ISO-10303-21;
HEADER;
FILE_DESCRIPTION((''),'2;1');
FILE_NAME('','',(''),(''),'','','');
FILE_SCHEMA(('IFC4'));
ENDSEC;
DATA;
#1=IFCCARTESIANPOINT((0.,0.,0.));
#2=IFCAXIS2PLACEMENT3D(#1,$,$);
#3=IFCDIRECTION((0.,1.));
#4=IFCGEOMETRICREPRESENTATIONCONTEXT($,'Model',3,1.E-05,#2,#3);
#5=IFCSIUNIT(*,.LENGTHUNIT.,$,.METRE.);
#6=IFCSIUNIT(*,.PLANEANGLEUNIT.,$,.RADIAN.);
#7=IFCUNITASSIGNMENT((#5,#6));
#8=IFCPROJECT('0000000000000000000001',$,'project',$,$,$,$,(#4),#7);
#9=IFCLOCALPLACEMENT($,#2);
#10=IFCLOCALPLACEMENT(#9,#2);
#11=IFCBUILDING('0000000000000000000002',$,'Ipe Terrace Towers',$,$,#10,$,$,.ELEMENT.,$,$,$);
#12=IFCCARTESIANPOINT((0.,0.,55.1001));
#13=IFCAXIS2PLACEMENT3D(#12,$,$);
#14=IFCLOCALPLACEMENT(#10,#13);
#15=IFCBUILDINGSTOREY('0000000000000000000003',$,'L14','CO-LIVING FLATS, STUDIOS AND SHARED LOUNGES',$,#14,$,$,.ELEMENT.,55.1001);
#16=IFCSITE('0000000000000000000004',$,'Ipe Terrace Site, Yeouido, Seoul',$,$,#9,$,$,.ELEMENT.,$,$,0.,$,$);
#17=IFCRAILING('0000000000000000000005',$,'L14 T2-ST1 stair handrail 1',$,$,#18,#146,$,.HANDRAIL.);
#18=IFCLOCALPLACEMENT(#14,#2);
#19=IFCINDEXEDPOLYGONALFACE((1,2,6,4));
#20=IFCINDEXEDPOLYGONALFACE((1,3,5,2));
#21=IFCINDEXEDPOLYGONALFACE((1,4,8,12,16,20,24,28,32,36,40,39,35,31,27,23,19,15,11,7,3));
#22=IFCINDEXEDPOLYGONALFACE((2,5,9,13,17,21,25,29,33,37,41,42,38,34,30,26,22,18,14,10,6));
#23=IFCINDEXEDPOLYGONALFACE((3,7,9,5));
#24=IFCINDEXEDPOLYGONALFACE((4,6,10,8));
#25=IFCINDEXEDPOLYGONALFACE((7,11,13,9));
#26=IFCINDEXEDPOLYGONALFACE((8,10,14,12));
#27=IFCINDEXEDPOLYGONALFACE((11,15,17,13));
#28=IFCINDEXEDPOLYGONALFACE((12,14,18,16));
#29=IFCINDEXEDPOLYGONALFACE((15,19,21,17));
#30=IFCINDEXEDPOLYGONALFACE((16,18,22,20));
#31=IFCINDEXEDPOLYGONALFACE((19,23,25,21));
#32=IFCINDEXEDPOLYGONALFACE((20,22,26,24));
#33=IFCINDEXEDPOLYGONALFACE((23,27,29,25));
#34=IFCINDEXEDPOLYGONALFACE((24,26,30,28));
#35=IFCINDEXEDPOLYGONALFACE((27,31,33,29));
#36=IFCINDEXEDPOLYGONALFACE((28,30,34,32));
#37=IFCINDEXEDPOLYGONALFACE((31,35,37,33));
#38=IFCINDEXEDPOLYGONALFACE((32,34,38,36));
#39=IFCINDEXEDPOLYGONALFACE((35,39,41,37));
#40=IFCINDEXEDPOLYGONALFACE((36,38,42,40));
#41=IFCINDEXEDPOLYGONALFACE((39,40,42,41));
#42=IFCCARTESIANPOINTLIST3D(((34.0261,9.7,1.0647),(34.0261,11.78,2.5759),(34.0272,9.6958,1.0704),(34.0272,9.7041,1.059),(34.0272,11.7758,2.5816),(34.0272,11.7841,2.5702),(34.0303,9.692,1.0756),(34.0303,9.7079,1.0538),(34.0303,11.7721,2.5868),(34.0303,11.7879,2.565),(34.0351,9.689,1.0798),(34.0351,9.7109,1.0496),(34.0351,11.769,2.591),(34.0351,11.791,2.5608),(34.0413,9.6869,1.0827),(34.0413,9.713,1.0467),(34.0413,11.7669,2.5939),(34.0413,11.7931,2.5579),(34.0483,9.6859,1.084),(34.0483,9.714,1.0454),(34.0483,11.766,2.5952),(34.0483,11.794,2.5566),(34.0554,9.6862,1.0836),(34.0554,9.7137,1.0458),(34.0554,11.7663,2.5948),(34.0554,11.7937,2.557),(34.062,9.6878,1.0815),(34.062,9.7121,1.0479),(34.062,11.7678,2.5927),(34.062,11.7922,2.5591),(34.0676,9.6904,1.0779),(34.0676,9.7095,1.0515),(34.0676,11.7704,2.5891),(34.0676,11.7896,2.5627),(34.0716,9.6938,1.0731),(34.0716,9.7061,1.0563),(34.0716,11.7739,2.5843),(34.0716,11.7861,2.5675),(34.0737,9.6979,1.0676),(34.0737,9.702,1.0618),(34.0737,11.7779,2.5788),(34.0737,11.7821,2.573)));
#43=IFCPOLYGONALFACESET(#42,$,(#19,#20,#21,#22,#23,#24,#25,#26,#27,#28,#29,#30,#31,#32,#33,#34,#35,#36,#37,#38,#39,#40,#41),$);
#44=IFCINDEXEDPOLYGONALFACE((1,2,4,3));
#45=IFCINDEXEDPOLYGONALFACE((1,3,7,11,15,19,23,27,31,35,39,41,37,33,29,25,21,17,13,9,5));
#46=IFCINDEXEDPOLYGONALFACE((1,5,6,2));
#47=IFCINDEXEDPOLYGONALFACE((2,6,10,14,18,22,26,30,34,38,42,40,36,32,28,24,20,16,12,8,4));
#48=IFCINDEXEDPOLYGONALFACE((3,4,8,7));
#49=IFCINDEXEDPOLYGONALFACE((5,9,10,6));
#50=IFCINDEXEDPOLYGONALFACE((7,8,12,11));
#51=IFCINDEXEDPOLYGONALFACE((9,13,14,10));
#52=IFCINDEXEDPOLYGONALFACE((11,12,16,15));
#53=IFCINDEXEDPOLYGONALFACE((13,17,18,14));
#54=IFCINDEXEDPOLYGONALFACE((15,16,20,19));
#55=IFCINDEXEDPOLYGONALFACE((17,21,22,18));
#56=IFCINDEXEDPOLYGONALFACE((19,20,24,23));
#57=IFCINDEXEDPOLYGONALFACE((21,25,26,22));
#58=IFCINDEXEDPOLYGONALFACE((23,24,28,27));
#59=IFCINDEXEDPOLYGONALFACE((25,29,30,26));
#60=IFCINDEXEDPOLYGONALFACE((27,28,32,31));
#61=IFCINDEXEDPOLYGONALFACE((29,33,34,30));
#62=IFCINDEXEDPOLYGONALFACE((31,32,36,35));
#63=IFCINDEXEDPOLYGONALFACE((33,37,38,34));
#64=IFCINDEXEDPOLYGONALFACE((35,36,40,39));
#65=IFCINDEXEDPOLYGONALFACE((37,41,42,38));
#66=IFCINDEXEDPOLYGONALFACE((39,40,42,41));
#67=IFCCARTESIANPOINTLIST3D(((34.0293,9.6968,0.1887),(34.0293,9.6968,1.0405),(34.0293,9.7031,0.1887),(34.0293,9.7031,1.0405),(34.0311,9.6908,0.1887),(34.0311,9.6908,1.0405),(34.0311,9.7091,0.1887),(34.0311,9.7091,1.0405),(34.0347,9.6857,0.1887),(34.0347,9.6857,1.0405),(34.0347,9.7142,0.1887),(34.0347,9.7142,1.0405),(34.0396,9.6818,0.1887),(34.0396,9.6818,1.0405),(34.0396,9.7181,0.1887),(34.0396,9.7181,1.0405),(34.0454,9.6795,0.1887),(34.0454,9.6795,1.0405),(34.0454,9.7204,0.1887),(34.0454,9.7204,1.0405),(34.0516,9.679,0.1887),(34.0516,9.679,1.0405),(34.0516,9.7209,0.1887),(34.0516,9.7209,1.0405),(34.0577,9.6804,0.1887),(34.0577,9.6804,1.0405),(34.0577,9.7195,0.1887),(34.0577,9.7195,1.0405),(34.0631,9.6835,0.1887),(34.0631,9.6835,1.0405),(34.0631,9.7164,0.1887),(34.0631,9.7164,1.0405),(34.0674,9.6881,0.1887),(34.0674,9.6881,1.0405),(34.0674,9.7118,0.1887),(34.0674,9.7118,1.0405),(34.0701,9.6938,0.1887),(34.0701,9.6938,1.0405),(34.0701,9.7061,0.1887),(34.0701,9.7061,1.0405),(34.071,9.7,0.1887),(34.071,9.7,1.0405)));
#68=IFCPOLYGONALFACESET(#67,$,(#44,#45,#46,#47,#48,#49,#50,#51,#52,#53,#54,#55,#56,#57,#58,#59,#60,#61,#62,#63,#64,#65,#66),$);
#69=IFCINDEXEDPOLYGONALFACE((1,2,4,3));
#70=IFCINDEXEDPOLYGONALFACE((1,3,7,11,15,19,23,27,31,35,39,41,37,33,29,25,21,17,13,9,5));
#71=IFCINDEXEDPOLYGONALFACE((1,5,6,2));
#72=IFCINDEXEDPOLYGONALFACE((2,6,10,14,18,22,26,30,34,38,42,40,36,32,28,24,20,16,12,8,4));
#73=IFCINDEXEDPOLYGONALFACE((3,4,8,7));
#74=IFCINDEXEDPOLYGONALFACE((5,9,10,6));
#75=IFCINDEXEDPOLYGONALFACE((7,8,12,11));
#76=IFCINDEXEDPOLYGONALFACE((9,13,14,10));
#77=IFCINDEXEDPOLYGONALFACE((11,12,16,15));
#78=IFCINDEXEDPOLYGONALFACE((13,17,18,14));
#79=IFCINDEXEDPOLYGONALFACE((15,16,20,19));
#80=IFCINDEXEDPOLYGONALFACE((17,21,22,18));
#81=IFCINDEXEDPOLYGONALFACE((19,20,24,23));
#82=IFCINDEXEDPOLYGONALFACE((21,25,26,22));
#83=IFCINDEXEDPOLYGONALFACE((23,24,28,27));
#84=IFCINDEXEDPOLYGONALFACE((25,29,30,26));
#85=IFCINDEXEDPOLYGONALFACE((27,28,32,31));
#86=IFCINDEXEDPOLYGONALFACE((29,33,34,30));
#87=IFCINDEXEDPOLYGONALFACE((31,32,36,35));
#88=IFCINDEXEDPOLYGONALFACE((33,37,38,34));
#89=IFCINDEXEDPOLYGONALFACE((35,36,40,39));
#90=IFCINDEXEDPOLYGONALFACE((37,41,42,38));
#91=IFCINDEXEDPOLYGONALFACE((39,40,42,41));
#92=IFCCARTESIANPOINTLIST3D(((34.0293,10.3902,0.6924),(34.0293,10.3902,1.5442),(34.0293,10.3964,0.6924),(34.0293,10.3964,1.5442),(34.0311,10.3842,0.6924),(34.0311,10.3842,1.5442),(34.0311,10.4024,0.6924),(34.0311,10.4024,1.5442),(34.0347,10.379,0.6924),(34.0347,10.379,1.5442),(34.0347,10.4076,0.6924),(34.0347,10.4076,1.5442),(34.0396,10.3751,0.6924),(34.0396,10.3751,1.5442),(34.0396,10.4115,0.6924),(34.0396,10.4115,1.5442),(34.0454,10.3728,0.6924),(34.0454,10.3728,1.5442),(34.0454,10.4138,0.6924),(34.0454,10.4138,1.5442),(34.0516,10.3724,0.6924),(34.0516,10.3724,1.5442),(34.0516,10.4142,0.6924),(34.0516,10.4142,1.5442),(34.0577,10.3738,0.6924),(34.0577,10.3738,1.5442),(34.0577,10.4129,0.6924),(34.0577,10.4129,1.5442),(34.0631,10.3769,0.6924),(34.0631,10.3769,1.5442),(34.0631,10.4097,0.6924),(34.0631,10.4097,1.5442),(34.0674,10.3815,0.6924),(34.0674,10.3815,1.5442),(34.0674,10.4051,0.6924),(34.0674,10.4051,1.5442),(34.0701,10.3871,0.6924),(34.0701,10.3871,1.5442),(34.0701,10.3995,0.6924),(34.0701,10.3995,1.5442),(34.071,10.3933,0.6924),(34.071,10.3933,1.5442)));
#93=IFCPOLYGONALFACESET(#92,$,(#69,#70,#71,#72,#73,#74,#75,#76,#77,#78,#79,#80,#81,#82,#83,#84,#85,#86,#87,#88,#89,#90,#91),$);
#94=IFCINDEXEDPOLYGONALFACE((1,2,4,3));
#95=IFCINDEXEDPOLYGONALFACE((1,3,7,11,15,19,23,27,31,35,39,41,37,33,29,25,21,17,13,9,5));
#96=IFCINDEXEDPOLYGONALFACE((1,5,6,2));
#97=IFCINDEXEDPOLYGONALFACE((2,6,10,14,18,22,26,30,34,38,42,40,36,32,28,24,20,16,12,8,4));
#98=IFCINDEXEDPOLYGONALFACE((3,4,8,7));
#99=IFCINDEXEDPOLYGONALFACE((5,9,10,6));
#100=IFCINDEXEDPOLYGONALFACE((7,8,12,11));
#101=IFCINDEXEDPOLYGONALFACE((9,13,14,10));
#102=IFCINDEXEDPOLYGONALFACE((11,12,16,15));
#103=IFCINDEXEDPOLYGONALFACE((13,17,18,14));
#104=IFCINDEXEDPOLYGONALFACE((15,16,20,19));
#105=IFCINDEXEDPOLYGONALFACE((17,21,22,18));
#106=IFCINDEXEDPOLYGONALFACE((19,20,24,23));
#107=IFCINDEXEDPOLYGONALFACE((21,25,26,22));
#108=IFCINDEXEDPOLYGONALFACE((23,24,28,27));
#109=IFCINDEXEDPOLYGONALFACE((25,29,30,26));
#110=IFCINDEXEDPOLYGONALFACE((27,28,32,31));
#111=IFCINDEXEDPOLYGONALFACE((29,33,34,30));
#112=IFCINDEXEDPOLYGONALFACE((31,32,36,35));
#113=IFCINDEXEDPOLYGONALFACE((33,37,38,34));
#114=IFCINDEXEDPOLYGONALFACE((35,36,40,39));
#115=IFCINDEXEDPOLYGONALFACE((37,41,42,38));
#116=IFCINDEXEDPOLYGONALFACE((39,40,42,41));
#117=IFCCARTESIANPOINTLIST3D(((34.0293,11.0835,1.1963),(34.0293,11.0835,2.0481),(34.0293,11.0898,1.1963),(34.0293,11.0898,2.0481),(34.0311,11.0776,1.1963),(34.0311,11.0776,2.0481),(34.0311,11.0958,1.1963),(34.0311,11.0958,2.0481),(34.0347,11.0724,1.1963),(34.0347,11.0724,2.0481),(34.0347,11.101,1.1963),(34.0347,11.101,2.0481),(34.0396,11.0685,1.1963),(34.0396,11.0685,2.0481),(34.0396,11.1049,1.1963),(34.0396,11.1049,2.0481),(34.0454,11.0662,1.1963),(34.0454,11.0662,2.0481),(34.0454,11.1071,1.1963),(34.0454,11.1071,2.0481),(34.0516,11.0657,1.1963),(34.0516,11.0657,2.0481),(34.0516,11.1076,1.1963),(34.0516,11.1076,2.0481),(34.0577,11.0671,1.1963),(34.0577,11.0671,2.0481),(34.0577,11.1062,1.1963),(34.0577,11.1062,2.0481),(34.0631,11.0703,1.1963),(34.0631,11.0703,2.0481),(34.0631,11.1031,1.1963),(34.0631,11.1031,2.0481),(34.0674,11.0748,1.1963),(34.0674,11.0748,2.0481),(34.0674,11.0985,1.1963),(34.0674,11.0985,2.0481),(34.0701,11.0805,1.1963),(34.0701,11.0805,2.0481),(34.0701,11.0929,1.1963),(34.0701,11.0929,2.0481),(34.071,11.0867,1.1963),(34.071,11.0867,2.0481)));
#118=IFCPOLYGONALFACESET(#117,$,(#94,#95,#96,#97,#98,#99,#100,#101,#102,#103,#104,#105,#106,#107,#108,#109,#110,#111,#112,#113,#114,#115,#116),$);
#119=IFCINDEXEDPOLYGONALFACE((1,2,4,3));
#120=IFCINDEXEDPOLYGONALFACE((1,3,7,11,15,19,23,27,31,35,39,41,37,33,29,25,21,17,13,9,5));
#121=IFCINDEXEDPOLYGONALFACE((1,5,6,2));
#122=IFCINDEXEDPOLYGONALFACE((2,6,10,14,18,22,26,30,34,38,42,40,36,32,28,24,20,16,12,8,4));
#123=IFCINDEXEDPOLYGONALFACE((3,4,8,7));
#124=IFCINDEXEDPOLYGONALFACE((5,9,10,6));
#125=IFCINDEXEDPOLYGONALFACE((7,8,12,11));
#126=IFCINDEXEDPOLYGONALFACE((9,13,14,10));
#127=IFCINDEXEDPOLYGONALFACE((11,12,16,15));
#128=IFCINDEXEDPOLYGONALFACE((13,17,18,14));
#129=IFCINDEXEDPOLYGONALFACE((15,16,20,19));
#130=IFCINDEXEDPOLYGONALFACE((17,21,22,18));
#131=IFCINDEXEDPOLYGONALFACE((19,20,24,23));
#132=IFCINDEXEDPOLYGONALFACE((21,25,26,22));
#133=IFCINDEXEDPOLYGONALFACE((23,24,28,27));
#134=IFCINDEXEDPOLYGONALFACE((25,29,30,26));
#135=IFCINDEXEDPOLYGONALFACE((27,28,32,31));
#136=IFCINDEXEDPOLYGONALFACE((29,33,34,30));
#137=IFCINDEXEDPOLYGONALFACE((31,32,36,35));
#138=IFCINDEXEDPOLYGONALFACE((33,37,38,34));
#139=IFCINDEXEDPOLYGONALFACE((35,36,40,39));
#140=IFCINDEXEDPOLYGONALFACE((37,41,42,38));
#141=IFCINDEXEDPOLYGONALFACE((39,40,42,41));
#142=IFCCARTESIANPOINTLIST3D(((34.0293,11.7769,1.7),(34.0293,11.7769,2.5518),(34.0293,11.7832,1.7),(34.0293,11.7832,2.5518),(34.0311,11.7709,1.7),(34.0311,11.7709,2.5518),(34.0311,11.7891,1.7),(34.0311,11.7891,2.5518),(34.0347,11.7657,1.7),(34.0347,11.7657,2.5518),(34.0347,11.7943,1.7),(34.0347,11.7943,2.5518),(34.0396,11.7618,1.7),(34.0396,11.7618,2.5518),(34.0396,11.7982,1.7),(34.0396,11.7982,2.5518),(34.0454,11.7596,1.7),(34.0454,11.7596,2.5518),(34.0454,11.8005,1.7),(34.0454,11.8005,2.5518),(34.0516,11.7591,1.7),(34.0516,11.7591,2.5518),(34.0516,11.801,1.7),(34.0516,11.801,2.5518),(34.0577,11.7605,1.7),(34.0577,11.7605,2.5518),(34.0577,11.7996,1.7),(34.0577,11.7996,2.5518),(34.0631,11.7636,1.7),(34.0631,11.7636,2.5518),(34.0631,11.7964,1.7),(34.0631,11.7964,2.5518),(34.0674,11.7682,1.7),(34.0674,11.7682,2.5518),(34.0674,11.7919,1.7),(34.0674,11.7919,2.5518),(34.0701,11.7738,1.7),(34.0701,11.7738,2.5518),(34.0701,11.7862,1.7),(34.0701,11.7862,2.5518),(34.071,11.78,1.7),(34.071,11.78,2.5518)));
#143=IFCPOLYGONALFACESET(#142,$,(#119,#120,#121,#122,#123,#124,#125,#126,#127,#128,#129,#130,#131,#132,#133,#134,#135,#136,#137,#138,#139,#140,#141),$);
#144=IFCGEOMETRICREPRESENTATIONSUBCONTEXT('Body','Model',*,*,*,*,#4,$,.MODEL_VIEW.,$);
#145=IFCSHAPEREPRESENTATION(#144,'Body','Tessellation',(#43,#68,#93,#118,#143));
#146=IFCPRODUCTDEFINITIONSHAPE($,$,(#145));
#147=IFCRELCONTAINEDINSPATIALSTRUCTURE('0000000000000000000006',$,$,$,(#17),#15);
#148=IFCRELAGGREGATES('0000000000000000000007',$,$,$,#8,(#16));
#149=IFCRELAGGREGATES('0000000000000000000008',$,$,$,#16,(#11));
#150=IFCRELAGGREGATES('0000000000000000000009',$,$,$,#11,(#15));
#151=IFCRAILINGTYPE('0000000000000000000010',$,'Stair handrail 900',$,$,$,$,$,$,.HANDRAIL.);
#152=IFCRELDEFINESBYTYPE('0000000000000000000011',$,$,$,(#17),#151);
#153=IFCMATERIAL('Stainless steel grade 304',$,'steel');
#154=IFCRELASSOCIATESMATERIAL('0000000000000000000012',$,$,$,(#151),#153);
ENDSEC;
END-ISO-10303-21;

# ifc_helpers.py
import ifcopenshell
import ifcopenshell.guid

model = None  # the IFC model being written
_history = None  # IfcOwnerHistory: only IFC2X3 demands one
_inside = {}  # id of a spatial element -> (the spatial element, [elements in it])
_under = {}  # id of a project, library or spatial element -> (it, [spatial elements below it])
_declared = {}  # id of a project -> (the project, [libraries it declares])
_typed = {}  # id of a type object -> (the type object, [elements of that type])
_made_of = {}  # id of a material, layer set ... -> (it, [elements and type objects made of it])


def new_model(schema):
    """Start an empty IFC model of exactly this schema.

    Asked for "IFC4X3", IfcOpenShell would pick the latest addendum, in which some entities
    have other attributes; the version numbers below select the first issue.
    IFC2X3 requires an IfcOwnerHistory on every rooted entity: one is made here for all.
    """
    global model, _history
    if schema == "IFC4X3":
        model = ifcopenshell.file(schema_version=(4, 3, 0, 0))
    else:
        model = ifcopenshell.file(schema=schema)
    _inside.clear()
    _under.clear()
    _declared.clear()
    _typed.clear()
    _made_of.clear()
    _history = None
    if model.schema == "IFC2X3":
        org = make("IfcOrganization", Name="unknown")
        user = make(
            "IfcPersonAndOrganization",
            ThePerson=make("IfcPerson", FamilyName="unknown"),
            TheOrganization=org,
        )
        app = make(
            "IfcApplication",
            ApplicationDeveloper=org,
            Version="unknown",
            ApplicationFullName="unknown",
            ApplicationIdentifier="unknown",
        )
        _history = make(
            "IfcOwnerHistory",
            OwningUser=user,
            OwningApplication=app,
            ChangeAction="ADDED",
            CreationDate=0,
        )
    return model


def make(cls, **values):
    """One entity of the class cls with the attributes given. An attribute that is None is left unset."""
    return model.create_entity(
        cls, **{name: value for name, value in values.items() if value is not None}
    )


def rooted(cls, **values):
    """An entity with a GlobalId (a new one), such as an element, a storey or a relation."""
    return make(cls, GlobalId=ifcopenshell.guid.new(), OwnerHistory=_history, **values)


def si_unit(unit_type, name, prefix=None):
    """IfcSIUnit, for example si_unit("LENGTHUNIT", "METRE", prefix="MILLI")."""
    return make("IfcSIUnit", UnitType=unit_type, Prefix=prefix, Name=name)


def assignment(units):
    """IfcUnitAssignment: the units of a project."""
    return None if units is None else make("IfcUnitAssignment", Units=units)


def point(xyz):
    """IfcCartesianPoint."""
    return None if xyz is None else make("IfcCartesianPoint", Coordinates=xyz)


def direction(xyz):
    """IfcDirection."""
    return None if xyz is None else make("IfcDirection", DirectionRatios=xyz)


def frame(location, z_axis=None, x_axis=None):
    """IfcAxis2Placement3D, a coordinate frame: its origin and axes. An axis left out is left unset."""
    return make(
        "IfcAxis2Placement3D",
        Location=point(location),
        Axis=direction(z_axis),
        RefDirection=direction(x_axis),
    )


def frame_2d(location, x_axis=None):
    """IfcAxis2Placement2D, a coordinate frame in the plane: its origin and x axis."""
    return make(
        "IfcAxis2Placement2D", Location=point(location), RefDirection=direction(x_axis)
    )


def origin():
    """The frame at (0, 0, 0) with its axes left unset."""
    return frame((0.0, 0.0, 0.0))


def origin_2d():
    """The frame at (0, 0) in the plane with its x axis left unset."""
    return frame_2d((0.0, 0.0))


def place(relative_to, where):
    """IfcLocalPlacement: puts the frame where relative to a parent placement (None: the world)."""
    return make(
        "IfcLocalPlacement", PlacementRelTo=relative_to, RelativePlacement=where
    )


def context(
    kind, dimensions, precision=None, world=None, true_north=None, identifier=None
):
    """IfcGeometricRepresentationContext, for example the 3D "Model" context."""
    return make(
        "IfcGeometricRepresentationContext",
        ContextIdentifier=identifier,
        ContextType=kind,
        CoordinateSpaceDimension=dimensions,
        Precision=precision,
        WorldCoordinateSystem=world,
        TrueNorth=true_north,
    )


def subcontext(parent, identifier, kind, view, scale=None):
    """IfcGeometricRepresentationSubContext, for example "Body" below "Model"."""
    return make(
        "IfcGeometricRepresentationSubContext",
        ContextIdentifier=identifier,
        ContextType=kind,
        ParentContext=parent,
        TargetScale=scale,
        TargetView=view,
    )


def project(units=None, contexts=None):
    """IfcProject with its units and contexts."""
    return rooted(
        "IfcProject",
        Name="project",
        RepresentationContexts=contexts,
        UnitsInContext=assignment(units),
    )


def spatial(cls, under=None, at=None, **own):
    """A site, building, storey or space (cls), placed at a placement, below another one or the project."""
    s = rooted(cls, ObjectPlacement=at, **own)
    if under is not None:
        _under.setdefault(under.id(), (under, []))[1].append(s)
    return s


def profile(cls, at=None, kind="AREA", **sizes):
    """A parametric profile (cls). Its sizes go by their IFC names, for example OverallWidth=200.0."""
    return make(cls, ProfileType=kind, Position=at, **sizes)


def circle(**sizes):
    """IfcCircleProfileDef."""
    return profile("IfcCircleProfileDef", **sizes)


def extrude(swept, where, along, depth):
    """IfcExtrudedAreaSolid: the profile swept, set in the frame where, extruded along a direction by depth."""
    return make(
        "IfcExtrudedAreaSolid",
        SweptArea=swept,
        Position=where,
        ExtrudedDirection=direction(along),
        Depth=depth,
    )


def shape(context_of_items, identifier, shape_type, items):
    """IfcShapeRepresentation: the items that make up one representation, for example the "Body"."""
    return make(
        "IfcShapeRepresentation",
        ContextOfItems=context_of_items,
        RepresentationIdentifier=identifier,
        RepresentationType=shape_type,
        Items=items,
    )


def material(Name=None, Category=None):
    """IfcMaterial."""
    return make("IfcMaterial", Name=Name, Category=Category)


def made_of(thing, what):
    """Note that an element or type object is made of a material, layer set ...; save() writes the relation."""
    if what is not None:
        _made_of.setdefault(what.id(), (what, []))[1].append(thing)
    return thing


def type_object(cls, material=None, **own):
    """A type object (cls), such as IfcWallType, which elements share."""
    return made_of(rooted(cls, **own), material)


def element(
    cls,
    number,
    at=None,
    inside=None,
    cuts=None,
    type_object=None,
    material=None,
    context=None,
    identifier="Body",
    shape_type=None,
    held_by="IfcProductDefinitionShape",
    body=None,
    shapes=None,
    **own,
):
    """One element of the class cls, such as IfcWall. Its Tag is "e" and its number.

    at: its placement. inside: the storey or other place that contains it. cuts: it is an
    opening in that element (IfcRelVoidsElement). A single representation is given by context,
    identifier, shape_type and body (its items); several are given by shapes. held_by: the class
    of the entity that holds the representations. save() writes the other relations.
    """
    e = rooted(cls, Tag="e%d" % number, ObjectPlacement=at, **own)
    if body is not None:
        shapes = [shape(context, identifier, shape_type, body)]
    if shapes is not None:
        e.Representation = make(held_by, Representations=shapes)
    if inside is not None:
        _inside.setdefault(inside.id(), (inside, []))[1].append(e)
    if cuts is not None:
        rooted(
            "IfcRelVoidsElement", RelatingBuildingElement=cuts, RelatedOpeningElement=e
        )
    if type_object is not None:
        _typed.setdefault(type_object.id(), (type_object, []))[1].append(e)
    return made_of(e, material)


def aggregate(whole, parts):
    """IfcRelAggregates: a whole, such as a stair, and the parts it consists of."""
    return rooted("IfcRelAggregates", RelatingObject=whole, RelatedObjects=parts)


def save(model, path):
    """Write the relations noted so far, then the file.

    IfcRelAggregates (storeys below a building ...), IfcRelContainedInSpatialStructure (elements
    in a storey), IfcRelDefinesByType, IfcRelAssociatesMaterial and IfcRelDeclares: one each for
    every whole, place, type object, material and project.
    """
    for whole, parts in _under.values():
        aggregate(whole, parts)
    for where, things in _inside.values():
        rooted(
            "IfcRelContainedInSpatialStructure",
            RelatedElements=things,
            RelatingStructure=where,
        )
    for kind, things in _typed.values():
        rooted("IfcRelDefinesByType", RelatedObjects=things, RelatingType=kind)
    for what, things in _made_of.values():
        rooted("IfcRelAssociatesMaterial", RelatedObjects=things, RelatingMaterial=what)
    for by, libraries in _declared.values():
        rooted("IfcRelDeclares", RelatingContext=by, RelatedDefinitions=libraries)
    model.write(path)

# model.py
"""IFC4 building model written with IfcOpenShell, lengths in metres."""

from ifc_helpers import new_model, si_unit, direction, frame, origin, origin_2d, place, context, subcontext, project, spatial, circle, extrude, material, type_object, element, save


model = new_model("IFC4")

# Units and contexts
model_context = context("Model", 3, precision=1e-05, world=origin(), true_north=direction((0.0, 1.0)))
body_context = subcontext(model_context, "Body", "Model", "MODEL_VIEW")
ifc_project = project(units=[si_unit("LENGTHUNIT", "METRE"), si_unit("PLANEANGLEUNIT", "RADIAN")], contexts=[model_context])

# Site, building, storey
site_placement = place(None, origin())
site = spatial("IfcSite", under=ifc_project, at=site_placement, Name="Ipe Terrace Site, Yeouido, Seoul", CompositionType="ELEMENT", RefElevation=0.0)
building_placement = place(site_placement, origin())
building = spatial("IfcBuilding", under=site, at=building_placement, Name="Ipe Terrace Towers", CompositionType="ELEMENT")
storey_placement = place(building_placement, frame((0.0, 0.0, 55.1001)))
storey = spatial("IfcBuildingStorey", under=building, at=storey_placement, Name="L14", Description="CO-LIVING FLATS, STUDIOS AND SHARED LOUNGES", CompositionType="ELEMENT", Elevation=55.1001)

# Railing
ifc_material_1 = material(Name="Stainless steel grade 304", Category="steel")
railing_type_1 = type_object("IfcRailingType", Name="Stair handrail 900", PredefinedType="HANDRAIL", material=ifc_material_1)
railing_1_placement = place(storey_placement, frame((34.05, 9.7, 0.1887)))
element("IfcRailing", 1, at=railing_1_placement, inside=storey, type_object=railing_type_1, Name="L14 T2-ST1 stair handrail 1", PredefinedType="HANDRAIL", context=body_context, shape_type="SweptSolid", body=[
    extrude(circle(Radius=0.0239, at=origin_2d()), frame((0.0, 0.0, 0.876), z_axis=(0.0, 0.809023, 0.587776), x_axis=(-1.0, 0.0, 0.0)), (0.0, 0.0, 1.0), 2.571),
    extrude(circle(Radius=0.021, at=origin_2d()), origin(), (0.0, 0.0, 1.0), 0.8518),
    extrude(circle(Radius=0.021, at=origin_2d()), frame((0.0, 0.6934, 0.5037)), (0.0, 0.0, 1.0), 0.8518),
    extrude(circle(Radius=0.021, at=origin_2d()), frame((0.0, 1.3867, 1.0076)), (0.0, 0.0, 1.0), 0.8518),
    extrude(circle(Radius=0.021, at=origin_2d()), frame((0.0, 2.0801, 1.5112)), (0.0, 0.0, 1.0), 0.8518),
])

save(model, "model.ifc")
